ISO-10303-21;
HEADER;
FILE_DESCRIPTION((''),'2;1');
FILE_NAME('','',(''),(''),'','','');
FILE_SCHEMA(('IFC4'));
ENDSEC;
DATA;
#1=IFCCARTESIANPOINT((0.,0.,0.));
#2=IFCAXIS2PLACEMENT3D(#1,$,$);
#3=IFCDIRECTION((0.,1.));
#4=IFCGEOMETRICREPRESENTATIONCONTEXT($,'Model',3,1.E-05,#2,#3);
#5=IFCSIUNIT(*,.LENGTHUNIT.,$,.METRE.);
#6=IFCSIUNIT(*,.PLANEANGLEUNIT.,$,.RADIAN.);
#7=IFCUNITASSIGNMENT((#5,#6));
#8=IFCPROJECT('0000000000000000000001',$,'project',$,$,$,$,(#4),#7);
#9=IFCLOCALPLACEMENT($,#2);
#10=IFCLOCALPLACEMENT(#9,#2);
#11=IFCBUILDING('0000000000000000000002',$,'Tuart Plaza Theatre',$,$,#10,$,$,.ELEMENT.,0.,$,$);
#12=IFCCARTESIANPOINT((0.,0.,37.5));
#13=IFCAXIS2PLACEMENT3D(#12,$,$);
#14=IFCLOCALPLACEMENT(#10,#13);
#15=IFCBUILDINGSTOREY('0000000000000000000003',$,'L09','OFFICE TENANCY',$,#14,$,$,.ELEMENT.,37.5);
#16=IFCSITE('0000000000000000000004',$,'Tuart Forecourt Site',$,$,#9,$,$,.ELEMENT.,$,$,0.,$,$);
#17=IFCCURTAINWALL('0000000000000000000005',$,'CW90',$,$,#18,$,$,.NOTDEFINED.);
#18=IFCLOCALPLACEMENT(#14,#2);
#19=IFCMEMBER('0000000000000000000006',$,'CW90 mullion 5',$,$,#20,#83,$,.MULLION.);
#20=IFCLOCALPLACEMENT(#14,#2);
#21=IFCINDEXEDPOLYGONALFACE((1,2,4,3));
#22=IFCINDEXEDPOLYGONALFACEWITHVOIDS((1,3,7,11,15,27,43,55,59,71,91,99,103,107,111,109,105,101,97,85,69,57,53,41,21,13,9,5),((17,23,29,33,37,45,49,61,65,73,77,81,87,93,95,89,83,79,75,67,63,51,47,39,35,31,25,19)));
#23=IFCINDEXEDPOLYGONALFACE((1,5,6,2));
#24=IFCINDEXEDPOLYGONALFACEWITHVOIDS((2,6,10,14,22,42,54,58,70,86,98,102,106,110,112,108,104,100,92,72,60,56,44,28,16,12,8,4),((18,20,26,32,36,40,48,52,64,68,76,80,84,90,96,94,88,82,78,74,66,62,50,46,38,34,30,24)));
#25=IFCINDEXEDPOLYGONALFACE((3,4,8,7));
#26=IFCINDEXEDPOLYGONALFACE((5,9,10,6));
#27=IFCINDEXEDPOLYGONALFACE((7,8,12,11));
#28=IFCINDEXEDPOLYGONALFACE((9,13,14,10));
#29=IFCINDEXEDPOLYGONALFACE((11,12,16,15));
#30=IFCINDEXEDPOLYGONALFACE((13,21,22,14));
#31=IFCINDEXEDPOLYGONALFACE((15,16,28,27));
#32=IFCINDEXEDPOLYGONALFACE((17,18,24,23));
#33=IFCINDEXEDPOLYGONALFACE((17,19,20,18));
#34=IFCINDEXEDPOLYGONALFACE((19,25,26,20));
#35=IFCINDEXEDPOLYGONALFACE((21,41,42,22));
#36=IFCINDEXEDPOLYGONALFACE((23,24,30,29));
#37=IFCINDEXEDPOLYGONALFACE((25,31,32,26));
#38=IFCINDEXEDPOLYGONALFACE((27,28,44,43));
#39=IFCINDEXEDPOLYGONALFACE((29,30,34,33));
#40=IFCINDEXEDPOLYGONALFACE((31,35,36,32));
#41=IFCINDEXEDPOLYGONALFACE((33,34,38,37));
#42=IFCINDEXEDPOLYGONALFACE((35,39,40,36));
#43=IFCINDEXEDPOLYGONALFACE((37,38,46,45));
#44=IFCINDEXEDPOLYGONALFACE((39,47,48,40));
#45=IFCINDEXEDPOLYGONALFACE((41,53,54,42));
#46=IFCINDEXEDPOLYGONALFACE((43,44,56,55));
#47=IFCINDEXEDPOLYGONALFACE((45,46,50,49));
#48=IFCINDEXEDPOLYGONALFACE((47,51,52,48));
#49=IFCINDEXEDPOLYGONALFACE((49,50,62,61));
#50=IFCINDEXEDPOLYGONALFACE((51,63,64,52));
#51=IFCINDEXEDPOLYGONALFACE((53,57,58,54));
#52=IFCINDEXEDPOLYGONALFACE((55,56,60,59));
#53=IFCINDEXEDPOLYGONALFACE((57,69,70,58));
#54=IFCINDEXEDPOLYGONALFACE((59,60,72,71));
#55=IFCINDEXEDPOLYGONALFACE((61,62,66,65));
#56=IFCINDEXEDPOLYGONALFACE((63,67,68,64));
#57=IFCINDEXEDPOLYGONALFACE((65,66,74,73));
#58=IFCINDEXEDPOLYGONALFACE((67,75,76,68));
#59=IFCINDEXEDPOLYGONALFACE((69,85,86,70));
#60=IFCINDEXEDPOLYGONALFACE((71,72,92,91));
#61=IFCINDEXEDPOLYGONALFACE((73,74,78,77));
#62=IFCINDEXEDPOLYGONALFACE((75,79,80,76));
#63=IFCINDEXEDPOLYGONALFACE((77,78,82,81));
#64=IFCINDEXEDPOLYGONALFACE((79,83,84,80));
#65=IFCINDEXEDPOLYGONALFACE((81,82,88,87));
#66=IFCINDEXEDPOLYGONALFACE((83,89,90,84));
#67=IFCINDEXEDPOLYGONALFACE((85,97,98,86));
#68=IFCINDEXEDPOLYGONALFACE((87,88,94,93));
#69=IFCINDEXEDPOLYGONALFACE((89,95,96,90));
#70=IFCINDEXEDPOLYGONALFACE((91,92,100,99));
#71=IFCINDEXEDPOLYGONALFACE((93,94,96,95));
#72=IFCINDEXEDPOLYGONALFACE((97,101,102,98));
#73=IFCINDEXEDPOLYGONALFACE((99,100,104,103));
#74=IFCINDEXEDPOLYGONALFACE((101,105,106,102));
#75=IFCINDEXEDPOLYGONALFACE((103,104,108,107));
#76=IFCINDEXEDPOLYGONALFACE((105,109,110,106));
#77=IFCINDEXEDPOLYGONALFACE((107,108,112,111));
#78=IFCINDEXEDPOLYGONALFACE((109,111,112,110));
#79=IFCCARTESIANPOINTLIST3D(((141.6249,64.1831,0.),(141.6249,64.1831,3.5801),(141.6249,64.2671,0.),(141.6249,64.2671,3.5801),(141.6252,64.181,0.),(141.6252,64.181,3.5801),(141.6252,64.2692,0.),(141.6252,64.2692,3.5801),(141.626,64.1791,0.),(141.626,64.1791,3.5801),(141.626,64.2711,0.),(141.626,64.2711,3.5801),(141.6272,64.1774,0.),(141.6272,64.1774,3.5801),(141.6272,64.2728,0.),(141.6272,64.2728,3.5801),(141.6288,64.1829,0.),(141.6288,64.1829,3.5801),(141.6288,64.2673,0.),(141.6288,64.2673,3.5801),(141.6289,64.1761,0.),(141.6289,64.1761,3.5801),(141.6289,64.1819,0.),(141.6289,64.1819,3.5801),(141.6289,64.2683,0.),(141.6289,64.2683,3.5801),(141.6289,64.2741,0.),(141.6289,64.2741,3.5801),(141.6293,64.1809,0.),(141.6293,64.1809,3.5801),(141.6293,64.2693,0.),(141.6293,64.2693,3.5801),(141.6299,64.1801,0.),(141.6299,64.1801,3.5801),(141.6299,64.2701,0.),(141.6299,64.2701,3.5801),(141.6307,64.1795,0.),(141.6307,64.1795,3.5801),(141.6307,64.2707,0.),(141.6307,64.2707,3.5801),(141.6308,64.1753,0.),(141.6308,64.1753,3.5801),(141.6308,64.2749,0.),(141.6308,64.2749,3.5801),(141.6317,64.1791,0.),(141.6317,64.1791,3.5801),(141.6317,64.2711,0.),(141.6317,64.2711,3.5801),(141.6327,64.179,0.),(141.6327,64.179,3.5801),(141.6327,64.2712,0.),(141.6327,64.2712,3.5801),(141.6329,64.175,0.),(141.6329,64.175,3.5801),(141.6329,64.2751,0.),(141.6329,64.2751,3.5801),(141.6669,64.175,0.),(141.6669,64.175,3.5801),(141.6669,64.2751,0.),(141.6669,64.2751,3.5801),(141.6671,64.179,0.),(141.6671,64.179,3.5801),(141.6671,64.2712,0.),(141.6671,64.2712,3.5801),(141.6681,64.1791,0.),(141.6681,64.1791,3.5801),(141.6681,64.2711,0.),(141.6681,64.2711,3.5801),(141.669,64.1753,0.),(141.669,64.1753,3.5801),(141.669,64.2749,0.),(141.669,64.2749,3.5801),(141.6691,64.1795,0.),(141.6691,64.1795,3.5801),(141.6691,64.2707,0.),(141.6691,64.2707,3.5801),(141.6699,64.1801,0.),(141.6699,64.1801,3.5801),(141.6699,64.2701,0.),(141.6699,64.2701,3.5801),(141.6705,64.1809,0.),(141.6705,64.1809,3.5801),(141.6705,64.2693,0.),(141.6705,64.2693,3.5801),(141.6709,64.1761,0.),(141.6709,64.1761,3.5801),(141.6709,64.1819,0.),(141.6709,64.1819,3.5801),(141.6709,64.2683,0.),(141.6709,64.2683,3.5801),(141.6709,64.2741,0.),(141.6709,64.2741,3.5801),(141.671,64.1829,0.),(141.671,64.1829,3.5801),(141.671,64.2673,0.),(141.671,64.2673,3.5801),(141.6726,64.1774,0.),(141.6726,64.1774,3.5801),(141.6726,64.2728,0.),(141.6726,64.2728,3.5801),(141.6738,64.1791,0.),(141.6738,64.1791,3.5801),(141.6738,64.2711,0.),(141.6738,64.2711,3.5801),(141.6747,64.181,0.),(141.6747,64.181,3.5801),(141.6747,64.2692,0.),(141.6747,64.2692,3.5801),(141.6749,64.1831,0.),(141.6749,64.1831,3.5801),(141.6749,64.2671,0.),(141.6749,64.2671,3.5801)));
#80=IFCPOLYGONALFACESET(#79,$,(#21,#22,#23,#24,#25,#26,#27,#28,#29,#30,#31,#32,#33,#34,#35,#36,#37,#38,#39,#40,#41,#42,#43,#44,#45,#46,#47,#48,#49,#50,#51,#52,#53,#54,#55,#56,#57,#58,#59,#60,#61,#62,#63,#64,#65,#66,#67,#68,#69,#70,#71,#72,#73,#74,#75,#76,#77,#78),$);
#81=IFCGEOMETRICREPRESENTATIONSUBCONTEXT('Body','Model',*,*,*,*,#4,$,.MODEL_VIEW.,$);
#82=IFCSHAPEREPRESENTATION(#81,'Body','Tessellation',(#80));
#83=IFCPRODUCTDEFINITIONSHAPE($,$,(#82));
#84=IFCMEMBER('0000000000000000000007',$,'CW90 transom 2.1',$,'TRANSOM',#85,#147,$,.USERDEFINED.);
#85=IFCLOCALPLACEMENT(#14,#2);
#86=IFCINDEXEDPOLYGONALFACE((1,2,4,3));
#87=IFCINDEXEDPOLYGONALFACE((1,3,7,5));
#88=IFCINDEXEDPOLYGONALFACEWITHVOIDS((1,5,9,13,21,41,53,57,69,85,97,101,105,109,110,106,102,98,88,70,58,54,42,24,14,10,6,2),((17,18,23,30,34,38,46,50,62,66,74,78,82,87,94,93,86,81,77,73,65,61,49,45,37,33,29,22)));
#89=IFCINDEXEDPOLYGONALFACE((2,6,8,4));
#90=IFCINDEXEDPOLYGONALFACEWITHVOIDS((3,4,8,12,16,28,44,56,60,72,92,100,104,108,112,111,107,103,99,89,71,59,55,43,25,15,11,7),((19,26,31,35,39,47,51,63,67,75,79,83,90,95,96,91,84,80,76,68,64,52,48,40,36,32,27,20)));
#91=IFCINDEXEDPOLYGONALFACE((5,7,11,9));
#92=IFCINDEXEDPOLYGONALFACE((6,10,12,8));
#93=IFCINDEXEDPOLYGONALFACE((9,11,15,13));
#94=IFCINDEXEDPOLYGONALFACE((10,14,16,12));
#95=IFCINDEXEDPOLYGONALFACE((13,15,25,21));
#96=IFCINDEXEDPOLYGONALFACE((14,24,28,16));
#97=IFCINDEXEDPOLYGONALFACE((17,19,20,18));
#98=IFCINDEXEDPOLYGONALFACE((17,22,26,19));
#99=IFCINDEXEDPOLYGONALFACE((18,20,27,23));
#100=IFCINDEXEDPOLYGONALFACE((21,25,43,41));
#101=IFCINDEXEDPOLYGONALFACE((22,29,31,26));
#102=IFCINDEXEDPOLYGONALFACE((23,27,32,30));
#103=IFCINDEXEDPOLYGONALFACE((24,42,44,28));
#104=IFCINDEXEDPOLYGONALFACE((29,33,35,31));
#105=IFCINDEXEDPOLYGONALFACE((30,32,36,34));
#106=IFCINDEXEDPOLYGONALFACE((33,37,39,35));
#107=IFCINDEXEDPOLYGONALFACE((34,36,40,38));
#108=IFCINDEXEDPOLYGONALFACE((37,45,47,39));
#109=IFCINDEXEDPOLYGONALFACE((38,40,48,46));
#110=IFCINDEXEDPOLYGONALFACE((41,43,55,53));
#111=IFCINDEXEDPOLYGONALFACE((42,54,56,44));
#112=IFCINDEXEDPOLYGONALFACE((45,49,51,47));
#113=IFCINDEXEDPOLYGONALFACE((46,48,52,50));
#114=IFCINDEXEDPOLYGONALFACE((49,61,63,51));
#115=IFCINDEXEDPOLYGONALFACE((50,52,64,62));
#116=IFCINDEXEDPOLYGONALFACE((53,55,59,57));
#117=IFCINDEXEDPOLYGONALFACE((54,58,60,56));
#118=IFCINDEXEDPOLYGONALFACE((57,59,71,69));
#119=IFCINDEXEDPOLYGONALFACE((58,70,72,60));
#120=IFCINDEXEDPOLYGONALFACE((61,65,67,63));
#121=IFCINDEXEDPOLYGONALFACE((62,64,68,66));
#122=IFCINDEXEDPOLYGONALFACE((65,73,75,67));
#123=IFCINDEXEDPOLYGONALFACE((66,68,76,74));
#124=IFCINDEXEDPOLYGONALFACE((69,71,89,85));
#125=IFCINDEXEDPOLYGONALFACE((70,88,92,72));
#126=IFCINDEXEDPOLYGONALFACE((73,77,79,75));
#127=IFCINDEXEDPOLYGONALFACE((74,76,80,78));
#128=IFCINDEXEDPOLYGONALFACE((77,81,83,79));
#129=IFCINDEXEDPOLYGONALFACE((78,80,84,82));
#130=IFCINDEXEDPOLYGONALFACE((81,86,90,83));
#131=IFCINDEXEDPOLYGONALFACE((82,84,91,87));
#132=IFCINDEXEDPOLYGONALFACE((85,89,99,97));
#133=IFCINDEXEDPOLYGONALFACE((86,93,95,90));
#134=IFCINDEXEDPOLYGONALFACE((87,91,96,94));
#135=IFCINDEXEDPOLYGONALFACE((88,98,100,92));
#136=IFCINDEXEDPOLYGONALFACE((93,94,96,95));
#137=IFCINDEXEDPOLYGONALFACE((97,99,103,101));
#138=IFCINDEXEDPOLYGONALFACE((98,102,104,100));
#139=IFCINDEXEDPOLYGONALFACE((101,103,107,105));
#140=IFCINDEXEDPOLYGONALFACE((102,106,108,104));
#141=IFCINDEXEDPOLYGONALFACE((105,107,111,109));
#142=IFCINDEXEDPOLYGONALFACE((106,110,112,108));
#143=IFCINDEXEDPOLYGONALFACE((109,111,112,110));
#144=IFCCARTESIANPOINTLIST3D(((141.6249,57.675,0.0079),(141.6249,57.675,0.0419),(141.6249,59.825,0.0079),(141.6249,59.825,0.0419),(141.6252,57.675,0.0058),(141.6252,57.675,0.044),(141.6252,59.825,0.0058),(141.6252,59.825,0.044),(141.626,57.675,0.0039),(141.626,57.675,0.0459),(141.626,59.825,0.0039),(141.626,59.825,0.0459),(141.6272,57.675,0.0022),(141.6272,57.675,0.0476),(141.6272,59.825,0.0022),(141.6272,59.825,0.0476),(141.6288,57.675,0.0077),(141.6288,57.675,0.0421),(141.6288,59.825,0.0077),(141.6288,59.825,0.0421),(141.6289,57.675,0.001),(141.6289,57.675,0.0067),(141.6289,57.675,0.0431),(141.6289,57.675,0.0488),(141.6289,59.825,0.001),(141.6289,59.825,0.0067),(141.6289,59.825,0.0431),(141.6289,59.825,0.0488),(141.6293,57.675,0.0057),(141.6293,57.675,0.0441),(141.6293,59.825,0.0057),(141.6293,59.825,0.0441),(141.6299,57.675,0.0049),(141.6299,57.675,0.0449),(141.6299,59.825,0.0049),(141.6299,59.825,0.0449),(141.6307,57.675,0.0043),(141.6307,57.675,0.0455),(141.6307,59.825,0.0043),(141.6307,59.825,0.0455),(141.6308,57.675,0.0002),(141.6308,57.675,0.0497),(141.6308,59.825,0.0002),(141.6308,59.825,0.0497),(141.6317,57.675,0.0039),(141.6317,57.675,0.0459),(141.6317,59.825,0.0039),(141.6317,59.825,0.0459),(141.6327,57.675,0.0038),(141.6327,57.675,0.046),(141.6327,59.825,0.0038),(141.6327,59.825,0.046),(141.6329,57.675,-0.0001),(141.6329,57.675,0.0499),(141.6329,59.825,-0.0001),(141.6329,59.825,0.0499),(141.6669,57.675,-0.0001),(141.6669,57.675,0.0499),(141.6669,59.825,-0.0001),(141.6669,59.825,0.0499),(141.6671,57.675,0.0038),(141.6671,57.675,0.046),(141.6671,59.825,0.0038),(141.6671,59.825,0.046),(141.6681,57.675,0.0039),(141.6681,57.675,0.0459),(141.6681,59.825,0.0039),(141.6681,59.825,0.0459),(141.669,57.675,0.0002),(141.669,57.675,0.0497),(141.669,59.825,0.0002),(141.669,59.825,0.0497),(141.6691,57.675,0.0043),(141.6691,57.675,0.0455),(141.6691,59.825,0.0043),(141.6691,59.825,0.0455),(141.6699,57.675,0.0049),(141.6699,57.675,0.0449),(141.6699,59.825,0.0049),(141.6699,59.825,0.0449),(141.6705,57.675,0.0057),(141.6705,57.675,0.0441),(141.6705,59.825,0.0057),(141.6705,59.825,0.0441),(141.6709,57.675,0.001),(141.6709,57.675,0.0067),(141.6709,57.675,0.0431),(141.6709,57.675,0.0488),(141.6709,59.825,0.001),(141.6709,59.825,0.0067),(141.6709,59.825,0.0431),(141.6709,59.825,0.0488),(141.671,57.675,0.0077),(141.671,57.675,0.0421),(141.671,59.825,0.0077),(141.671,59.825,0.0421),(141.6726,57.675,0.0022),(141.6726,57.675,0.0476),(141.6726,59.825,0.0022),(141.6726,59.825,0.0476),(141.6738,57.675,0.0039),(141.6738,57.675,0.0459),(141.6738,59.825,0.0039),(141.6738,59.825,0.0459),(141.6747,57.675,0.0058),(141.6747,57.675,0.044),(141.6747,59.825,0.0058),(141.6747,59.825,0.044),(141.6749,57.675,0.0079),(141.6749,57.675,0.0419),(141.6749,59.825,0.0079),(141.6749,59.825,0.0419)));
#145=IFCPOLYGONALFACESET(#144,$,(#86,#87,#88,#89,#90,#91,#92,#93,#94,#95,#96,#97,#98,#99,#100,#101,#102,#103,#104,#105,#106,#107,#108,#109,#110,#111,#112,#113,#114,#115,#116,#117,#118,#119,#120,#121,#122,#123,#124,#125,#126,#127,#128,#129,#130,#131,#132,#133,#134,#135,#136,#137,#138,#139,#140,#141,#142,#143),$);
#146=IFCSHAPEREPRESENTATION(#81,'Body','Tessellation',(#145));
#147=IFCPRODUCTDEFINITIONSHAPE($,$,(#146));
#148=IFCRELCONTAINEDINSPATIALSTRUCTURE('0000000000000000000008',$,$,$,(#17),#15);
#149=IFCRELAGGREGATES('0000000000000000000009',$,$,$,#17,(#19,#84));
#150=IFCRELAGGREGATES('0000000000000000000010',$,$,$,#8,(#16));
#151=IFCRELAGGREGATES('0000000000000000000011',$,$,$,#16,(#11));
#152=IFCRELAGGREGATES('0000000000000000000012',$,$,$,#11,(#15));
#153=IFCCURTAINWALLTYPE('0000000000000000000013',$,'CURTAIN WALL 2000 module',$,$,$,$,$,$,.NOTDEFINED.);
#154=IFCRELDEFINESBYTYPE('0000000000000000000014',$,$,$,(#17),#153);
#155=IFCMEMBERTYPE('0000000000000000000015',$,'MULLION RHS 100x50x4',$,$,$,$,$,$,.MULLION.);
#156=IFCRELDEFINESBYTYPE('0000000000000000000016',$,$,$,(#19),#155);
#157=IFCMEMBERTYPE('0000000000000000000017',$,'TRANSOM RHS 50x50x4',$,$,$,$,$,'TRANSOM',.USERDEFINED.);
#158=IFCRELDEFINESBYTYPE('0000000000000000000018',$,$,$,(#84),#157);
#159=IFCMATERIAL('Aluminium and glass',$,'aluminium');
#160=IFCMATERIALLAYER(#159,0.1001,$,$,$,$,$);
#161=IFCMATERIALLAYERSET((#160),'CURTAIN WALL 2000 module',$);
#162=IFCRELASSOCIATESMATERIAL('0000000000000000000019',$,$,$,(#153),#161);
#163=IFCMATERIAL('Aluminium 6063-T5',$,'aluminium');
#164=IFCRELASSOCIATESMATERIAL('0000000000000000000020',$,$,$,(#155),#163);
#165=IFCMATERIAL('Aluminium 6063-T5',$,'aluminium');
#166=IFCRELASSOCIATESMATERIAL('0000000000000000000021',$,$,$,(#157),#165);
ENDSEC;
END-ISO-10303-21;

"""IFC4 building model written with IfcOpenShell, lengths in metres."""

from ifc_helpers import new_model, si_unit, direction, frame, origin, origin_2d, place, context, subcontext, project, spatial, hollow_rectangle, extrude, material, layer, layer_set, material_profile, profile_set, type_object, element, aggregate, save


model = new_model("IFC4")

# Units and contexts
model_context = context("Model", 3, precision=1e-05, world=origin(), true_north=direction((0.0, 1.0)))
body_context = subcontext(model_context, "Body", "Model", "MODEL_VIEW")
ifc_project = project(units=[si_unit("LENGTHUNIT", "METRE"), si_unit("PLANEANGLEUNIT", "RADIAN")], contexts=[model_context])

# Site, building, storey
site_placement = place(None, origin())
site = spatial("IfcSite", under=ifc_project, at=site_placement, Name="Tuart Forecourt Site", CompositionType="ELEMENT", RefElevation=0.0)
building_placement = place(site_placement, origin())
building = spatial("IfcBuilding", under=site, at=building_placement, Name="Tuart Plaza Theatre", CompositionType="ELEMENT", ElevationOfRefHeight=0.0)
storey_placement = place(building_placement, frame((0.0, 0.0, 37.5)))
storey = spatial("IfcBuildingStorey", under=building, at=storey_placement, Name="L09", Description="OFFICE TENANCY", CompositionType="ELEMENT", Elevation=37.5)

# Shared definitions
ifc_material_1 = material(Name="Aluminium and glass", Category="aluminium")
ifc_layer_1 = layer(ifc_material_1, 0.1001)
ifc_layer_set_1 = layer_set([ifc_layer_1], Name="CURTAIN WALL 2000 module")
curtain_wall_type = type_object("IfcCurtainWallType", Name="CURTAIN WALL 2000 module", PredefinedType="NOTDEFINED", material=ifc_layer_set_1)
ifc_material_2 = material(Name="Aluminium 6063-T5", Category="aluminium")
ifc_material_profile_1 = material_profile(ifc_material_2, hollow_rectangle(XDim=0.05, YDim=0.1001, WallThickness=0.0039, InnerFilletRadius=0.0039, OuterFilletRadius=0.0081, at=origin_2d()), Name="RHS 100x50x4")
ifc_profile_set_1 = profile_set([ifc_material_profile_1], Name="Aluminium 6063-T5")
member_type_1 = type_object("IfcMemberType", Name="MULLION RHS 100x50x4", PredefinedType="MULLION", material=ifc_profile_set_1)

# Curtain wall, members
curtain_wall_1_placement = place(storey_placement, origin())
curtain_wall_1 = element("IfcCurtainWall", 1, at=curtain_wall_1_placement, inside=storey, type_object=curtain_wall_type, Name="CW90", PredefinedType="NOTDEFINED")
member_1_placement = place(storey_placement, frame((141.6499, 64.2251, 0.0), z_axis=(0.0, 0.0, 1.0), x_axis=(-1.0, 0.0, 0.0)))
member_1 = element("IfcMember", 2, at=member_1_placement, type_object=member_type_1, Name="CW90 mullion 5", PredefinedType="MULLION", context=body_context, shape_type="SweptSolid", body=[
    extrude(hollow_rectangle(XDim=0.05, YDim=0.1001, WallThickness=0.0039, InnerFilletRadius=0.0039, OuterFilletRadius=0.0081, at=origin_2d()), origin(), (0.0, 0.0, 1.0), 3.5801),
])
ifc_material_3 = material(Name="Aluminium 6063-T5", Category="aluminium")
ifc_material_profile_2 = material_profile(ifc_material_3, hollow_rectangle(XDim=0.05, YDim=0.05, WallThickness=0.0039, InnerFilletRadius=0.0039, OuterFilletRadius=0.0081, at=origin_2d()), Name="RHS 50x50x4")
ifc_profile_set_2 = profile_set([ifc_material_profile_2], Name="Aluminium 6063-T5")
member_type_2 = type_object("IfcMemberType", Name="TRANSOM RHS 50x50x4", ElementType="TRANSOM", PredefinedType="USERDEFINED", material=ifc_profile_set_2)
member_2_placement = place(storey_placement, frame((141.6499, 57.675, 0.0249), z_axis=(0.0, 1.0, 0.0), x_axis=(-1.0, 0.0, 0.0)))
member_2 = element("IfcMember", 3, at=member_2_placement, type_object=member_type_2, Name="CW90 transom 2.1", ObjectType="TRANSOM", PredefinedType="USERDEFINED", context=body_context, shape_type="SweptSolid", body=[
    extrude(hollow_rectangle(XDim=0.05, YDim=0.05, WallThickness=0.0039, InnerFilletRadius=0.0039, OuterFilletRadius=0.0081, at=origin_2d()), origin(), (0.0, 0.0, 1.0), 2.1499),
])
aggregate(curtain_wall_1, [member_1, member_2])

save(model, "model.ifc")
